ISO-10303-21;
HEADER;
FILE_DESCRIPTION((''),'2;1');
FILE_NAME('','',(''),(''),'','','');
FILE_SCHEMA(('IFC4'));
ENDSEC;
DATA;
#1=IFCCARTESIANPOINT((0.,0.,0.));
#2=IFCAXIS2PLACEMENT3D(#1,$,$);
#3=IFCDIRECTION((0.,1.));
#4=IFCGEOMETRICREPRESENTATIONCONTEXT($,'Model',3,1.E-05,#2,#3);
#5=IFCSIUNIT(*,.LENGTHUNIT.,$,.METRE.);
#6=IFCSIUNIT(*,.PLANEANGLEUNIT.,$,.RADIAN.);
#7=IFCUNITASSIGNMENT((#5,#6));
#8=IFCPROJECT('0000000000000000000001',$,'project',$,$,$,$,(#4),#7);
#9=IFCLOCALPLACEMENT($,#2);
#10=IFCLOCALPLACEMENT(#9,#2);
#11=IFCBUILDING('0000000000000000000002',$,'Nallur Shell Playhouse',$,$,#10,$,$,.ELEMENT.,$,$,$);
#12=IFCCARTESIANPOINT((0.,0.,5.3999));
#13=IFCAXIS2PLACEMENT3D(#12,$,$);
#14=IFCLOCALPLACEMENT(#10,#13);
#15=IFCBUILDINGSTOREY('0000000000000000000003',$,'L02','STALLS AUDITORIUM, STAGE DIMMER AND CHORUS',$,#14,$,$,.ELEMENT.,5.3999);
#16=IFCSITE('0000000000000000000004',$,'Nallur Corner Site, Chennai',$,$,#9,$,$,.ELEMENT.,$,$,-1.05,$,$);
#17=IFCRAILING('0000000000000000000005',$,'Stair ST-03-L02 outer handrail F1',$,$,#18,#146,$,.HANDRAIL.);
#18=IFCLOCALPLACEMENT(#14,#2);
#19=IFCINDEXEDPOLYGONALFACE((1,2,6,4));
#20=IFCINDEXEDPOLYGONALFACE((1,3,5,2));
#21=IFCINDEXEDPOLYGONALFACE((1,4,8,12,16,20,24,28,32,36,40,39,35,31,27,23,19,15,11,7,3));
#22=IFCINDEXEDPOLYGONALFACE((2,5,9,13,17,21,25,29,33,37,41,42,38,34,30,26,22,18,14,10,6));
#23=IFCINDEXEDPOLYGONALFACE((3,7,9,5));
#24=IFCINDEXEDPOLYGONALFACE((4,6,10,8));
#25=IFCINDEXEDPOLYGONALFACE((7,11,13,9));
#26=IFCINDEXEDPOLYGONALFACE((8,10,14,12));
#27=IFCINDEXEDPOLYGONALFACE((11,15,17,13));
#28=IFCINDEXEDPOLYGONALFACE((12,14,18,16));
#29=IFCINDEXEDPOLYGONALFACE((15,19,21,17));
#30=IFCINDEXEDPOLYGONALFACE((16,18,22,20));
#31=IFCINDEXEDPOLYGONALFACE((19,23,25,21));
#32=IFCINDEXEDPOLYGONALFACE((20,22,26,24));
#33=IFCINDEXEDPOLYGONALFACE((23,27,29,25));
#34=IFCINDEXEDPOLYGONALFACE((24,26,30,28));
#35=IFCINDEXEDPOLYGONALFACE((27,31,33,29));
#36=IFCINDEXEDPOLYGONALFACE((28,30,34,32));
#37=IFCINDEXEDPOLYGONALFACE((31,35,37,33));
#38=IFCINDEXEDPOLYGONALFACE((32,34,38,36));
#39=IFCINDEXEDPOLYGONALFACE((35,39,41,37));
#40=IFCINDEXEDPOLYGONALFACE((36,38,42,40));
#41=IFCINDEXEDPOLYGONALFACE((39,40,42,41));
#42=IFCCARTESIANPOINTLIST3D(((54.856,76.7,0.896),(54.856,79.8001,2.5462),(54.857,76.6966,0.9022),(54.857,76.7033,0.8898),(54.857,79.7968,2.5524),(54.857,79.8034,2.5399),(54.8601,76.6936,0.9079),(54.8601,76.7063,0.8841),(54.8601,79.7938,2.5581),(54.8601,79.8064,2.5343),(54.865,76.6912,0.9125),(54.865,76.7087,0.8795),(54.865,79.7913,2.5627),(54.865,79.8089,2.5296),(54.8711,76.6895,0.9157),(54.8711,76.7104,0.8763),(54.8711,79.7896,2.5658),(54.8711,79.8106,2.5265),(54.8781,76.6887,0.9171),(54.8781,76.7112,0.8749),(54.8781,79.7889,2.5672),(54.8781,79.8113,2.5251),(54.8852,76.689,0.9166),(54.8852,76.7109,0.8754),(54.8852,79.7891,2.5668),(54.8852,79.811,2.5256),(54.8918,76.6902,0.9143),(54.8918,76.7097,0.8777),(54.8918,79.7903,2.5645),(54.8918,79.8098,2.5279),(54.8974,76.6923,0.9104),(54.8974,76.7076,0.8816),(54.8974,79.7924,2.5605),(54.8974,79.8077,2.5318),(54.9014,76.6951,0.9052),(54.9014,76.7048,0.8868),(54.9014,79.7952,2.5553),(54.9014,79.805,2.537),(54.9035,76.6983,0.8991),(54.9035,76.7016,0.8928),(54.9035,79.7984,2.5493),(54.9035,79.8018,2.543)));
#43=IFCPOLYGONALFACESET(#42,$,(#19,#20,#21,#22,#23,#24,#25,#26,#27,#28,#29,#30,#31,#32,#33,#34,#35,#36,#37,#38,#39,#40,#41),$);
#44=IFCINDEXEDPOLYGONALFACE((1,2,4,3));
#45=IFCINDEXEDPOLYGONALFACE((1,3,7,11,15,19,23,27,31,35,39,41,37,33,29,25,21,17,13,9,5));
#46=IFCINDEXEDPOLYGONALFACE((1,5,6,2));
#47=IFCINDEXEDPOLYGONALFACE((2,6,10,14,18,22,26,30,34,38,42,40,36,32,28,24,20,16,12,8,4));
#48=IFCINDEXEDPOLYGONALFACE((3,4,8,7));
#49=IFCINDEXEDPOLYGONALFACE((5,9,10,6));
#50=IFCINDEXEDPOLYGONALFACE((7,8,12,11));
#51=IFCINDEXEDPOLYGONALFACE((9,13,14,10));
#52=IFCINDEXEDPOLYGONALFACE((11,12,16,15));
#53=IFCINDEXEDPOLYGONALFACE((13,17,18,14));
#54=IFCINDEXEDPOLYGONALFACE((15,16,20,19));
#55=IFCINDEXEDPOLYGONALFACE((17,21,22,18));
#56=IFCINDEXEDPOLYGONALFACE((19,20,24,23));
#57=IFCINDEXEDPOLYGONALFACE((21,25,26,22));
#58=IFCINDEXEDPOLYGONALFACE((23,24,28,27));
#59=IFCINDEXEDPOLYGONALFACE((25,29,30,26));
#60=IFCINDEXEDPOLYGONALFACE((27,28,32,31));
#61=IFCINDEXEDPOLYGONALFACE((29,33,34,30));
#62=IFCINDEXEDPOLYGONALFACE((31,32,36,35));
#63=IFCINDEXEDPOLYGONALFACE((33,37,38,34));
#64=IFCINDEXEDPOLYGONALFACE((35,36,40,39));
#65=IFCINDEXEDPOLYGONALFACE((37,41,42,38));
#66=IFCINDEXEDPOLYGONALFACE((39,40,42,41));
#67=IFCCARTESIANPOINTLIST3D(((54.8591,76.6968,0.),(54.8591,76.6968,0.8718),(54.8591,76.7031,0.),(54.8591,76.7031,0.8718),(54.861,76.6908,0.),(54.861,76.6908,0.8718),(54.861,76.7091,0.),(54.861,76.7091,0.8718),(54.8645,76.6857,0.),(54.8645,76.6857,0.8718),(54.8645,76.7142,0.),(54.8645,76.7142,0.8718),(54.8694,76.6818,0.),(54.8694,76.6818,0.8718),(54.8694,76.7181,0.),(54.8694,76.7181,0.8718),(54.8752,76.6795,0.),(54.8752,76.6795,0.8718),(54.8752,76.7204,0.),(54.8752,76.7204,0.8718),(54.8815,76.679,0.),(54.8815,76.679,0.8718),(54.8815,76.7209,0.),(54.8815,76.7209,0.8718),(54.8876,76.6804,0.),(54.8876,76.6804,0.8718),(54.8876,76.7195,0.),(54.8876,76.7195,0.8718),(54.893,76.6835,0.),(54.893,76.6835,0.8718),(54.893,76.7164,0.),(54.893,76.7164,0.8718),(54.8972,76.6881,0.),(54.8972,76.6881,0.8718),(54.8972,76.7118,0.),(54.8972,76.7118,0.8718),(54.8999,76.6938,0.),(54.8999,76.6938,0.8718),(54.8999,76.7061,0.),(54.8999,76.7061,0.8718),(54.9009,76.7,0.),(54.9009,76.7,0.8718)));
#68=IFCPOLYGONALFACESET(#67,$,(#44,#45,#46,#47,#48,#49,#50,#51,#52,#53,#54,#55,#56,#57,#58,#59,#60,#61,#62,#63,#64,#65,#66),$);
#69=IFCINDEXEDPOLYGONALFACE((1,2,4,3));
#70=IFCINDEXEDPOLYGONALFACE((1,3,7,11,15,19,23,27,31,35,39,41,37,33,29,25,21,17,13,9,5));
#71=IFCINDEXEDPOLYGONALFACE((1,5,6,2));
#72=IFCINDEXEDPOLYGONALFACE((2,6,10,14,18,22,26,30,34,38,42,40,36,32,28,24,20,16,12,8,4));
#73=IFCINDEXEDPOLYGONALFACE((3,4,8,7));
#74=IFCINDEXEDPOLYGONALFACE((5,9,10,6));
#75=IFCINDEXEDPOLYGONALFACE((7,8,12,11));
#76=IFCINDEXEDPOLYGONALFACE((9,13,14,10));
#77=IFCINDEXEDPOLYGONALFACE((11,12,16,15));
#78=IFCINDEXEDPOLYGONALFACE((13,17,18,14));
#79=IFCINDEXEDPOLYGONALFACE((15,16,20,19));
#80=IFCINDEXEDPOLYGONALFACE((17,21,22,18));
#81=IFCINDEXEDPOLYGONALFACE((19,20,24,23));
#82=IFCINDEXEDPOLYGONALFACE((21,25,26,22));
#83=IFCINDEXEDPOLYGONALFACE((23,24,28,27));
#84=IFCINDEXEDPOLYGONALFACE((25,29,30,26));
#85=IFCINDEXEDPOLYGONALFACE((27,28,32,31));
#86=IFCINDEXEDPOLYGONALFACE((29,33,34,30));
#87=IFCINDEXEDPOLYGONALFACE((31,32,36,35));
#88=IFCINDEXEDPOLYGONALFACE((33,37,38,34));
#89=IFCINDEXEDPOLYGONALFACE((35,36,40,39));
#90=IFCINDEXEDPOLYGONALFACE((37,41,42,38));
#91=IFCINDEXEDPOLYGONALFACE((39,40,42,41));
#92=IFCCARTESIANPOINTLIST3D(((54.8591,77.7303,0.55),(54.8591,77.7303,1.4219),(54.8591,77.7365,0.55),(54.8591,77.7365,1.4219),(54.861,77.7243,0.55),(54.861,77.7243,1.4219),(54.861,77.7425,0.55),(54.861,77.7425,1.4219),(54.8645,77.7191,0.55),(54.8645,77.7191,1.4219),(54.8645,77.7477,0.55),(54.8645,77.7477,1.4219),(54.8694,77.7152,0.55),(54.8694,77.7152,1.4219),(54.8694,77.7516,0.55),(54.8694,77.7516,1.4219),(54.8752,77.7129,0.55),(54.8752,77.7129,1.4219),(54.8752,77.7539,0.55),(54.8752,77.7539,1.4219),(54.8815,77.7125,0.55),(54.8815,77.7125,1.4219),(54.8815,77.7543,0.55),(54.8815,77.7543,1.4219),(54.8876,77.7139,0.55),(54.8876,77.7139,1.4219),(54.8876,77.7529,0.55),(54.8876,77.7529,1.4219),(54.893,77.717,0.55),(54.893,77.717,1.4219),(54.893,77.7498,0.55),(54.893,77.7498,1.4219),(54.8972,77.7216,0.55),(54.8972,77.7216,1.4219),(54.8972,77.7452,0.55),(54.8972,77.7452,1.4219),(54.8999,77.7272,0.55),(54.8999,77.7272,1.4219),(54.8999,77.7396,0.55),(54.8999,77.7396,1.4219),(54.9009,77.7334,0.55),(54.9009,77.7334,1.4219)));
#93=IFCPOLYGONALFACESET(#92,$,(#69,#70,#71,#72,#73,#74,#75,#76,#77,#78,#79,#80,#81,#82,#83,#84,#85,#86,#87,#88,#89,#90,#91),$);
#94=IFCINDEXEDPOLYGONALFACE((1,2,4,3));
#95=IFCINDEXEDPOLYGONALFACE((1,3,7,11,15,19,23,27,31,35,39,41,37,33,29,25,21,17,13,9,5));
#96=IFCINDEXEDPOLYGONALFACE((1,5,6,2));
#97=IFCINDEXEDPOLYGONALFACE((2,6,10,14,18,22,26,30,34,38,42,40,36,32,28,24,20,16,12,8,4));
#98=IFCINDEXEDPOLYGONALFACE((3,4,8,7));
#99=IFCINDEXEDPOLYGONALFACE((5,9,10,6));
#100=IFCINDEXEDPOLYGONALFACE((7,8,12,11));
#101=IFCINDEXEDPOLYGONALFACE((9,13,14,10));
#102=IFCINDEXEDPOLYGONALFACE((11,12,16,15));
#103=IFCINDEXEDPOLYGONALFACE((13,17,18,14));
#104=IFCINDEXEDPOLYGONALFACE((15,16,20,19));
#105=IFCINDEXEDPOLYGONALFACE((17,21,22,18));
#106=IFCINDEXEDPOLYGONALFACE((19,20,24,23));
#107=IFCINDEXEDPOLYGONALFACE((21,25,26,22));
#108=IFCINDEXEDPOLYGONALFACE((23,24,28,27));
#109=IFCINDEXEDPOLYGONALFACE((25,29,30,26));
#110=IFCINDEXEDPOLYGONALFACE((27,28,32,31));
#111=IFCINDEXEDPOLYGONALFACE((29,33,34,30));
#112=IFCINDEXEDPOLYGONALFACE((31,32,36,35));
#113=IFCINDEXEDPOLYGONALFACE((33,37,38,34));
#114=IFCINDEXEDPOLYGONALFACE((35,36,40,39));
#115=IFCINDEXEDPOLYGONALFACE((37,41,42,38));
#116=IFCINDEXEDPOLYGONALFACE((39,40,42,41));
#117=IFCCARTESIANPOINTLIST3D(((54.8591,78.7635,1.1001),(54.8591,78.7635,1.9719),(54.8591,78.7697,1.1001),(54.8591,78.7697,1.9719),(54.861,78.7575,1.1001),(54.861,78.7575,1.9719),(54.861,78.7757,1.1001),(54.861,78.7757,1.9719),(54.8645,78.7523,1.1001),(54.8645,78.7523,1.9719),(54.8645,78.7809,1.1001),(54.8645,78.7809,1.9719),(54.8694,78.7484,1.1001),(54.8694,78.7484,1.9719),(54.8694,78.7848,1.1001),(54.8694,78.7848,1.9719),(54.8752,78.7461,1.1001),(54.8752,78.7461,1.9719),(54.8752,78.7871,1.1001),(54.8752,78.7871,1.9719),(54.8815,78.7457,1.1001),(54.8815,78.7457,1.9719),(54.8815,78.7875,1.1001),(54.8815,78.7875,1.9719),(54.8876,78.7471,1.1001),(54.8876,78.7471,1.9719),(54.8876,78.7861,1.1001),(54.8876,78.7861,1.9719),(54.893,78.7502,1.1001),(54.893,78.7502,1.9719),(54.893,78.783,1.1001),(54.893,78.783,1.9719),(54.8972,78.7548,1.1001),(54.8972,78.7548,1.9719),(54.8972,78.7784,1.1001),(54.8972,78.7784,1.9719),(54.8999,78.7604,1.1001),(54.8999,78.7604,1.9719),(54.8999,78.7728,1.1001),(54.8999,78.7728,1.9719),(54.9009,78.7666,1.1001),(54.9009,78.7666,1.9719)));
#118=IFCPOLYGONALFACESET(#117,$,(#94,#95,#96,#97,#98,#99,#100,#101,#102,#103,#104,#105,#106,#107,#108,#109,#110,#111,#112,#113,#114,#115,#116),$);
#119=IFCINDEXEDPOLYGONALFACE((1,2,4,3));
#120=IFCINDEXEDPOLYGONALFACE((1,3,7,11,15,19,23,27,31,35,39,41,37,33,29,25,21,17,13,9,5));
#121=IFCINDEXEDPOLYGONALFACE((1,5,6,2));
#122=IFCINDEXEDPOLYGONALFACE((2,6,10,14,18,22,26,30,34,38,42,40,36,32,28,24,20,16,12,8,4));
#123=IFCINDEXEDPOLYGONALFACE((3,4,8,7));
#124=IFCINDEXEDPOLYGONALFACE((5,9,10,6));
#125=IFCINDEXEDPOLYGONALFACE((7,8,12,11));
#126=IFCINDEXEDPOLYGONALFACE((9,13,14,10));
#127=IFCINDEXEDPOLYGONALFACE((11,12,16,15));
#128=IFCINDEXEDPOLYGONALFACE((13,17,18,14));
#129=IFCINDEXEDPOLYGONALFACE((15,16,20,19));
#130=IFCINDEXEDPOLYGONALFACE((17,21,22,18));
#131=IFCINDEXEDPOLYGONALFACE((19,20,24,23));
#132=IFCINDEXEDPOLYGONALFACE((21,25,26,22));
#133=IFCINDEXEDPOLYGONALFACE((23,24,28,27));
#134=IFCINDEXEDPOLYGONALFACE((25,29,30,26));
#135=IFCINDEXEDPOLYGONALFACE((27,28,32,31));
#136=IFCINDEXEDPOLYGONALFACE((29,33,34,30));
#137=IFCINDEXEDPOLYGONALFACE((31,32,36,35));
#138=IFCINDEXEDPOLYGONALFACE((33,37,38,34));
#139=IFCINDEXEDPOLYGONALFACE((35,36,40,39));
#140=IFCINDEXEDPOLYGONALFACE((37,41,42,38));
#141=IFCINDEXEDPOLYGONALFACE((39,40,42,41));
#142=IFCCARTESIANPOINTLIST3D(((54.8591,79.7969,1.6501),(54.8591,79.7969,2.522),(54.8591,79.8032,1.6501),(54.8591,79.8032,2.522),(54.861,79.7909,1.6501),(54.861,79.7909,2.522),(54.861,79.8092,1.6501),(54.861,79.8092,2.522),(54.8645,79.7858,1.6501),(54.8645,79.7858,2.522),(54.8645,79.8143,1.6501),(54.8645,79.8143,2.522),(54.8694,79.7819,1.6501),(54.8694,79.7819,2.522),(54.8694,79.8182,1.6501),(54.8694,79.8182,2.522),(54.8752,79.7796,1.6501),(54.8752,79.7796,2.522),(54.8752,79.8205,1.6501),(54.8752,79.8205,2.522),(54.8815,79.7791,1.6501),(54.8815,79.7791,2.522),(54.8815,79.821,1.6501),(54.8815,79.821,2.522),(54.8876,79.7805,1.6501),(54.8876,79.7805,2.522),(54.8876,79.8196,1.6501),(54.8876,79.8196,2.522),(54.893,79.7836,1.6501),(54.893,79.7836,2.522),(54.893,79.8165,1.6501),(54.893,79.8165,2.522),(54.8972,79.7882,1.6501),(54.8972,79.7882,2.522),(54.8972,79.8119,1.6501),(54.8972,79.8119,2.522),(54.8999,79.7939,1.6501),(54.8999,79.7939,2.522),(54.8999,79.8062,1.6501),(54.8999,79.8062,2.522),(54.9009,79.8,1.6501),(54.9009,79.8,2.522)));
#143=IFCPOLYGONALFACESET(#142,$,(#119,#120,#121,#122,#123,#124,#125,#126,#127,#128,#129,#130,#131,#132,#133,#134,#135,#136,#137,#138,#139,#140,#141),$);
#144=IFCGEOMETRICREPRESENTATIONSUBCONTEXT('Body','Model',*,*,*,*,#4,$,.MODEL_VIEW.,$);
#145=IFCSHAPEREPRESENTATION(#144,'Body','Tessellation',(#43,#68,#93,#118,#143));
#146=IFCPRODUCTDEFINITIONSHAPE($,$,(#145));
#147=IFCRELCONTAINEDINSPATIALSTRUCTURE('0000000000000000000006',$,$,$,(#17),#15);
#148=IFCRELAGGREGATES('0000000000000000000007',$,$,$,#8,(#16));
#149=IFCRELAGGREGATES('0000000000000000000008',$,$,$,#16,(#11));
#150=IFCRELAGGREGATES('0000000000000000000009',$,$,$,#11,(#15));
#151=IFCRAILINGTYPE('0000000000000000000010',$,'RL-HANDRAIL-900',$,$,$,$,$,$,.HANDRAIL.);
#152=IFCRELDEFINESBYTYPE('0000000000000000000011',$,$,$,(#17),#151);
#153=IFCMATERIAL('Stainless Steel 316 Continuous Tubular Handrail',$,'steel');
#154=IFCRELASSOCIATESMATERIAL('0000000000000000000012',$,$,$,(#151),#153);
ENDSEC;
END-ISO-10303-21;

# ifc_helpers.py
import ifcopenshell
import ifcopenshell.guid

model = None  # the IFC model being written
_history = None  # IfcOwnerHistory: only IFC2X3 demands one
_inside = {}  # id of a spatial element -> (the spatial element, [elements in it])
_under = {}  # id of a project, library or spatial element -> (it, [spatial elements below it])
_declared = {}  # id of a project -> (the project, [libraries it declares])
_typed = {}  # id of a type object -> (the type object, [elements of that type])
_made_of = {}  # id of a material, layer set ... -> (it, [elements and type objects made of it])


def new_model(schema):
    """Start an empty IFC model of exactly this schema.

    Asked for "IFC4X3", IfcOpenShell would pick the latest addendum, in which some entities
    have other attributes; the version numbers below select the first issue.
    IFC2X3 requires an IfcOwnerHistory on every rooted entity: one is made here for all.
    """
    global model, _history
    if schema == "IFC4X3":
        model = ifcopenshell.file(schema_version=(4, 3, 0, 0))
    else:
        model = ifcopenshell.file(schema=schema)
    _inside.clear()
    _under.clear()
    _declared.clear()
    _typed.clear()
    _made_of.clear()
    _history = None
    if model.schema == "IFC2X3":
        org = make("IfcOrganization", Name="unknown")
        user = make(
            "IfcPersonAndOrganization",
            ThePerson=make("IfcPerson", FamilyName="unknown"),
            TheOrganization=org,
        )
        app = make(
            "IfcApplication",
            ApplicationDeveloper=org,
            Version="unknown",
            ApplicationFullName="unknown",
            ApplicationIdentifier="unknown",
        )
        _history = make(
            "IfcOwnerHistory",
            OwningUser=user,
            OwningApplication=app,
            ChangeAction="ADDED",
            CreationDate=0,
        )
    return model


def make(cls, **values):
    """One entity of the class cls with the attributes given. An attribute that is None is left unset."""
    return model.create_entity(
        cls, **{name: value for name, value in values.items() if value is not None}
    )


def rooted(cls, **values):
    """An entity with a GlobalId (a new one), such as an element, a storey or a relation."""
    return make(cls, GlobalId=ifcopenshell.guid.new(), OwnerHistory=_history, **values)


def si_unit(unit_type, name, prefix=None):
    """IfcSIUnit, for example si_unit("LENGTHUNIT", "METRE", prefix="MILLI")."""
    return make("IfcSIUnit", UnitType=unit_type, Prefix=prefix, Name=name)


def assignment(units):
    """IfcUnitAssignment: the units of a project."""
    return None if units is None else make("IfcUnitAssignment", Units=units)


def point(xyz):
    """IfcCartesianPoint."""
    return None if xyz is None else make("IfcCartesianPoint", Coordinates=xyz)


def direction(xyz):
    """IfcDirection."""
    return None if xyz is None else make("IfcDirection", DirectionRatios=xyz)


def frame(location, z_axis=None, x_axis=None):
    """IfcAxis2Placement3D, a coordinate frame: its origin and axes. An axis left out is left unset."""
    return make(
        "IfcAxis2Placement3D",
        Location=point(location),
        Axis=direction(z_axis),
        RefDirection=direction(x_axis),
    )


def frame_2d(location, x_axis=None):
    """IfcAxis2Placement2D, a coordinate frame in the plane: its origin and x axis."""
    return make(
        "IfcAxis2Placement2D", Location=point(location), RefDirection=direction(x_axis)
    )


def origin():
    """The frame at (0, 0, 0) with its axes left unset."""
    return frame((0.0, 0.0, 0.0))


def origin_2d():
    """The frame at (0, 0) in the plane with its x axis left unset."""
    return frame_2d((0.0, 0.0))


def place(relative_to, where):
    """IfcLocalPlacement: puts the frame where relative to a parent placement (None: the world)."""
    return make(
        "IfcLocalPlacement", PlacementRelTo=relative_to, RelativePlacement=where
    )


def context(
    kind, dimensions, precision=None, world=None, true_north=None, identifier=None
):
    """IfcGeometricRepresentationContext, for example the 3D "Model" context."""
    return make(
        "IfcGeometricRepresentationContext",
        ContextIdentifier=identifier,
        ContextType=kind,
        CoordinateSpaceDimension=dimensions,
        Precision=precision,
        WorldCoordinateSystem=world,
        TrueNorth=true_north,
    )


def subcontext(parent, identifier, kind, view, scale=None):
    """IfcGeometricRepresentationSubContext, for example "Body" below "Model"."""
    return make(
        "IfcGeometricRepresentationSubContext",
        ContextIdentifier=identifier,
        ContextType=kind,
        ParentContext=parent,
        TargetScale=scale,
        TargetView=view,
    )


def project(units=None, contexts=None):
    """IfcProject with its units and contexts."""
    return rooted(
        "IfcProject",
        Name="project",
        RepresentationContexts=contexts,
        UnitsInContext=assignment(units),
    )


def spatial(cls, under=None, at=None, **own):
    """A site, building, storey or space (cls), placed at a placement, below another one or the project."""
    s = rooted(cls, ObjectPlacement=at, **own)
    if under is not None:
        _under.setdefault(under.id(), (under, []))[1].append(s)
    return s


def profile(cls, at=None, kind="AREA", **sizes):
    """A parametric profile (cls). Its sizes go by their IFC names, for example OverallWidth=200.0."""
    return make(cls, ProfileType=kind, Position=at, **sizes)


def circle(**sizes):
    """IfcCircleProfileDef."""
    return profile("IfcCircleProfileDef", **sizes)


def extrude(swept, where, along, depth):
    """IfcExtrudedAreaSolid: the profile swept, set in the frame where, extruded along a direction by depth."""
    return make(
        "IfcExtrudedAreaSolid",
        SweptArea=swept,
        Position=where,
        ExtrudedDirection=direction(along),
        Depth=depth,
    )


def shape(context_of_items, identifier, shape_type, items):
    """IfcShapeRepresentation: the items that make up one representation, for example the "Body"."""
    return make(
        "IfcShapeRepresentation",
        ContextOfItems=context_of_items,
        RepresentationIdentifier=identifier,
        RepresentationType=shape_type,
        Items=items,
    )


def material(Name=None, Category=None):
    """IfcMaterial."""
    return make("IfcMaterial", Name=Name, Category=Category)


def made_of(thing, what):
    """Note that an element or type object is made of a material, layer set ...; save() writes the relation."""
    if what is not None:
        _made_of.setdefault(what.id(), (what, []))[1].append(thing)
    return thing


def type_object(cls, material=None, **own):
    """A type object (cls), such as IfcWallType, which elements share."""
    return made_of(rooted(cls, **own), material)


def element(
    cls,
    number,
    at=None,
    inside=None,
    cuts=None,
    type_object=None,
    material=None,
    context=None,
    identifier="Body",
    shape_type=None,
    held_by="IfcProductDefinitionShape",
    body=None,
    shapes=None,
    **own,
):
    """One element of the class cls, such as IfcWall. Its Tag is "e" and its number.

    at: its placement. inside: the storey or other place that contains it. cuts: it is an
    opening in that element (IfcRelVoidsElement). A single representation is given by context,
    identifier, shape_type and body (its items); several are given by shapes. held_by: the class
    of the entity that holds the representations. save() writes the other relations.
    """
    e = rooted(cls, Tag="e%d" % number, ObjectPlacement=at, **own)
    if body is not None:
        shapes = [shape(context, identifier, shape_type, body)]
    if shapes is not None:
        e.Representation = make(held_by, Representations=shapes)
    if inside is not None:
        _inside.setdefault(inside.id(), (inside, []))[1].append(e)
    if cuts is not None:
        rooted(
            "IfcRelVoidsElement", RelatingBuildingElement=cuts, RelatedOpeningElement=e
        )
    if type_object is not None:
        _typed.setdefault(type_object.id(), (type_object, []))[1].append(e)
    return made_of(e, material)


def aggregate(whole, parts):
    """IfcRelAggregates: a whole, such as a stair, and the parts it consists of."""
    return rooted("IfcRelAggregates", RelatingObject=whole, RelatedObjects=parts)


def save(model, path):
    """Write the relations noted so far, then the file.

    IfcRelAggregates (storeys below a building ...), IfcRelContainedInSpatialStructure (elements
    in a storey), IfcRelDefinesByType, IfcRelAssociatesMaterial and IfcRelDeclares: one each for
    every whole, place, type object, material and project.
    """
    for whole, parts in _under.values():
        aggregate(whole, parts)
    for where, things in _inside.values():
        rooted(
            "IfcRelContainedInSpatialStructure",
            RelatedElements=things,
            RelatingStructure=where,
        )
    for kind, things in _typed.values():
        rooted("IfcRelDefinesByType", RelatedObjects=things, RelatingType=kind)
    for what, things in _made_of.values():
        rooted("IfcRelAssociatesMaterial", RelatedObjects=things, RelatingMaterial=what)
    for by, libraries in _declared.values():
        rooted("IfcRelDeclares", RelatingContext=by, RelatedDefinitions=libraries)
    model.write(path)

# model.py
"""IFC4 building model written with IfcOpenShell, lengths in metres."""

from ifc_helpers import new_model, si_unit, direction, frame, origin, origin_2d, place, context, subcontext, project, spatial, circle, extrude, material, type_object, element, save


model = new_model("IFC4")

# Units and contexts
model_context = context("Model", 3, precision=1e-05, world=origin(), true_north=direction((0.0, 1.0)))
body_context = subcontext(model_context, "Body", "Model", "MODEL_VIEW")
ifc_project = project(units=[si_unit("LENGTHUNIT", "METRE"), si_unit("PLANEANGLEUNIT", "RADIAN")], contexts=[model_context])

# Site, building, storey
site_placement = place(None, origin())
site = spatial("IfcSite", under=ifc_project, at=site_placement, Name="Nallur Corner Site, Chennai", CompositionType="ELEMENT", RefElevation=-1.05)
building_placement = place(site_placement, origin())
building = spatial("IfcBuilding", under=site, at=building_placement, Name="Nallur Shell Playhouse", CompositionType="ELEMENT")
storey_placement = place(building_placement, frame((0.0, 0.0, 5.3999)))
storey = spatial("IfcBuildingStorey", under=building, at=storey_placement, Name="L02", Description="STALLS AUDITORIUM, STAGE DIMMER AND CHORUS", CompositionType="ELEMENT", Elevation=5.3999)

# Railing
ifc_material_1 = material(Name="Stainless Steel 316 Continuous Tubular Handrail", Category="steel")
railing_type_1 = type_object("IfcRailingType", Name="RL-HANDRAIL-900", PredefinedType="HANDRAIL", material=ifc_material_1)
railing_1_placement = place(storey_placement, frame((54.8799, 76.7, 0.0)))
element("IfcRailing", 1, at=railing_1_placement, inside=storey, type_object=railing_type_1, Name="Stair ST-03-L02 outer handrail F1", PredefinedType="HANDRAIL", context=body_context, shape_type="SweptSolid", body=[
    extrude(circle(Radius=0.0239, at=origin_2d()), frame((0.0, 0.0, 0.896), z_axis=(0.0, 0.882736, 0.46987), x_axis=(-1.0, 0.0, 0.0)), (0.0, 0.0, 1.0), 3.512),
    extrude(circle(Radius=0.021, at=origin_2d()), origin(), (0.0, 0.0, 1.0), 0.8718),
    extrude(circle(Radius=0.021, at=origin_2d()), frame((0.0, 1.0334, 0.55)), (0.0, 0.0, 1.0), 0.8718),
    extrude(circle(Radius=0.021, at=origin_2d()), frame((0.0, 2.0667, 1.1001)), (0.0, 0.0, 1.0), 0.8718),
    extrude(circle(Radius=0.021, at=origin_2d()), frame((0.0, 3.1001, 1.6501)), (0.0, 0.0, 1.0), 0.8718),
])

save(model, "model.ifc")
